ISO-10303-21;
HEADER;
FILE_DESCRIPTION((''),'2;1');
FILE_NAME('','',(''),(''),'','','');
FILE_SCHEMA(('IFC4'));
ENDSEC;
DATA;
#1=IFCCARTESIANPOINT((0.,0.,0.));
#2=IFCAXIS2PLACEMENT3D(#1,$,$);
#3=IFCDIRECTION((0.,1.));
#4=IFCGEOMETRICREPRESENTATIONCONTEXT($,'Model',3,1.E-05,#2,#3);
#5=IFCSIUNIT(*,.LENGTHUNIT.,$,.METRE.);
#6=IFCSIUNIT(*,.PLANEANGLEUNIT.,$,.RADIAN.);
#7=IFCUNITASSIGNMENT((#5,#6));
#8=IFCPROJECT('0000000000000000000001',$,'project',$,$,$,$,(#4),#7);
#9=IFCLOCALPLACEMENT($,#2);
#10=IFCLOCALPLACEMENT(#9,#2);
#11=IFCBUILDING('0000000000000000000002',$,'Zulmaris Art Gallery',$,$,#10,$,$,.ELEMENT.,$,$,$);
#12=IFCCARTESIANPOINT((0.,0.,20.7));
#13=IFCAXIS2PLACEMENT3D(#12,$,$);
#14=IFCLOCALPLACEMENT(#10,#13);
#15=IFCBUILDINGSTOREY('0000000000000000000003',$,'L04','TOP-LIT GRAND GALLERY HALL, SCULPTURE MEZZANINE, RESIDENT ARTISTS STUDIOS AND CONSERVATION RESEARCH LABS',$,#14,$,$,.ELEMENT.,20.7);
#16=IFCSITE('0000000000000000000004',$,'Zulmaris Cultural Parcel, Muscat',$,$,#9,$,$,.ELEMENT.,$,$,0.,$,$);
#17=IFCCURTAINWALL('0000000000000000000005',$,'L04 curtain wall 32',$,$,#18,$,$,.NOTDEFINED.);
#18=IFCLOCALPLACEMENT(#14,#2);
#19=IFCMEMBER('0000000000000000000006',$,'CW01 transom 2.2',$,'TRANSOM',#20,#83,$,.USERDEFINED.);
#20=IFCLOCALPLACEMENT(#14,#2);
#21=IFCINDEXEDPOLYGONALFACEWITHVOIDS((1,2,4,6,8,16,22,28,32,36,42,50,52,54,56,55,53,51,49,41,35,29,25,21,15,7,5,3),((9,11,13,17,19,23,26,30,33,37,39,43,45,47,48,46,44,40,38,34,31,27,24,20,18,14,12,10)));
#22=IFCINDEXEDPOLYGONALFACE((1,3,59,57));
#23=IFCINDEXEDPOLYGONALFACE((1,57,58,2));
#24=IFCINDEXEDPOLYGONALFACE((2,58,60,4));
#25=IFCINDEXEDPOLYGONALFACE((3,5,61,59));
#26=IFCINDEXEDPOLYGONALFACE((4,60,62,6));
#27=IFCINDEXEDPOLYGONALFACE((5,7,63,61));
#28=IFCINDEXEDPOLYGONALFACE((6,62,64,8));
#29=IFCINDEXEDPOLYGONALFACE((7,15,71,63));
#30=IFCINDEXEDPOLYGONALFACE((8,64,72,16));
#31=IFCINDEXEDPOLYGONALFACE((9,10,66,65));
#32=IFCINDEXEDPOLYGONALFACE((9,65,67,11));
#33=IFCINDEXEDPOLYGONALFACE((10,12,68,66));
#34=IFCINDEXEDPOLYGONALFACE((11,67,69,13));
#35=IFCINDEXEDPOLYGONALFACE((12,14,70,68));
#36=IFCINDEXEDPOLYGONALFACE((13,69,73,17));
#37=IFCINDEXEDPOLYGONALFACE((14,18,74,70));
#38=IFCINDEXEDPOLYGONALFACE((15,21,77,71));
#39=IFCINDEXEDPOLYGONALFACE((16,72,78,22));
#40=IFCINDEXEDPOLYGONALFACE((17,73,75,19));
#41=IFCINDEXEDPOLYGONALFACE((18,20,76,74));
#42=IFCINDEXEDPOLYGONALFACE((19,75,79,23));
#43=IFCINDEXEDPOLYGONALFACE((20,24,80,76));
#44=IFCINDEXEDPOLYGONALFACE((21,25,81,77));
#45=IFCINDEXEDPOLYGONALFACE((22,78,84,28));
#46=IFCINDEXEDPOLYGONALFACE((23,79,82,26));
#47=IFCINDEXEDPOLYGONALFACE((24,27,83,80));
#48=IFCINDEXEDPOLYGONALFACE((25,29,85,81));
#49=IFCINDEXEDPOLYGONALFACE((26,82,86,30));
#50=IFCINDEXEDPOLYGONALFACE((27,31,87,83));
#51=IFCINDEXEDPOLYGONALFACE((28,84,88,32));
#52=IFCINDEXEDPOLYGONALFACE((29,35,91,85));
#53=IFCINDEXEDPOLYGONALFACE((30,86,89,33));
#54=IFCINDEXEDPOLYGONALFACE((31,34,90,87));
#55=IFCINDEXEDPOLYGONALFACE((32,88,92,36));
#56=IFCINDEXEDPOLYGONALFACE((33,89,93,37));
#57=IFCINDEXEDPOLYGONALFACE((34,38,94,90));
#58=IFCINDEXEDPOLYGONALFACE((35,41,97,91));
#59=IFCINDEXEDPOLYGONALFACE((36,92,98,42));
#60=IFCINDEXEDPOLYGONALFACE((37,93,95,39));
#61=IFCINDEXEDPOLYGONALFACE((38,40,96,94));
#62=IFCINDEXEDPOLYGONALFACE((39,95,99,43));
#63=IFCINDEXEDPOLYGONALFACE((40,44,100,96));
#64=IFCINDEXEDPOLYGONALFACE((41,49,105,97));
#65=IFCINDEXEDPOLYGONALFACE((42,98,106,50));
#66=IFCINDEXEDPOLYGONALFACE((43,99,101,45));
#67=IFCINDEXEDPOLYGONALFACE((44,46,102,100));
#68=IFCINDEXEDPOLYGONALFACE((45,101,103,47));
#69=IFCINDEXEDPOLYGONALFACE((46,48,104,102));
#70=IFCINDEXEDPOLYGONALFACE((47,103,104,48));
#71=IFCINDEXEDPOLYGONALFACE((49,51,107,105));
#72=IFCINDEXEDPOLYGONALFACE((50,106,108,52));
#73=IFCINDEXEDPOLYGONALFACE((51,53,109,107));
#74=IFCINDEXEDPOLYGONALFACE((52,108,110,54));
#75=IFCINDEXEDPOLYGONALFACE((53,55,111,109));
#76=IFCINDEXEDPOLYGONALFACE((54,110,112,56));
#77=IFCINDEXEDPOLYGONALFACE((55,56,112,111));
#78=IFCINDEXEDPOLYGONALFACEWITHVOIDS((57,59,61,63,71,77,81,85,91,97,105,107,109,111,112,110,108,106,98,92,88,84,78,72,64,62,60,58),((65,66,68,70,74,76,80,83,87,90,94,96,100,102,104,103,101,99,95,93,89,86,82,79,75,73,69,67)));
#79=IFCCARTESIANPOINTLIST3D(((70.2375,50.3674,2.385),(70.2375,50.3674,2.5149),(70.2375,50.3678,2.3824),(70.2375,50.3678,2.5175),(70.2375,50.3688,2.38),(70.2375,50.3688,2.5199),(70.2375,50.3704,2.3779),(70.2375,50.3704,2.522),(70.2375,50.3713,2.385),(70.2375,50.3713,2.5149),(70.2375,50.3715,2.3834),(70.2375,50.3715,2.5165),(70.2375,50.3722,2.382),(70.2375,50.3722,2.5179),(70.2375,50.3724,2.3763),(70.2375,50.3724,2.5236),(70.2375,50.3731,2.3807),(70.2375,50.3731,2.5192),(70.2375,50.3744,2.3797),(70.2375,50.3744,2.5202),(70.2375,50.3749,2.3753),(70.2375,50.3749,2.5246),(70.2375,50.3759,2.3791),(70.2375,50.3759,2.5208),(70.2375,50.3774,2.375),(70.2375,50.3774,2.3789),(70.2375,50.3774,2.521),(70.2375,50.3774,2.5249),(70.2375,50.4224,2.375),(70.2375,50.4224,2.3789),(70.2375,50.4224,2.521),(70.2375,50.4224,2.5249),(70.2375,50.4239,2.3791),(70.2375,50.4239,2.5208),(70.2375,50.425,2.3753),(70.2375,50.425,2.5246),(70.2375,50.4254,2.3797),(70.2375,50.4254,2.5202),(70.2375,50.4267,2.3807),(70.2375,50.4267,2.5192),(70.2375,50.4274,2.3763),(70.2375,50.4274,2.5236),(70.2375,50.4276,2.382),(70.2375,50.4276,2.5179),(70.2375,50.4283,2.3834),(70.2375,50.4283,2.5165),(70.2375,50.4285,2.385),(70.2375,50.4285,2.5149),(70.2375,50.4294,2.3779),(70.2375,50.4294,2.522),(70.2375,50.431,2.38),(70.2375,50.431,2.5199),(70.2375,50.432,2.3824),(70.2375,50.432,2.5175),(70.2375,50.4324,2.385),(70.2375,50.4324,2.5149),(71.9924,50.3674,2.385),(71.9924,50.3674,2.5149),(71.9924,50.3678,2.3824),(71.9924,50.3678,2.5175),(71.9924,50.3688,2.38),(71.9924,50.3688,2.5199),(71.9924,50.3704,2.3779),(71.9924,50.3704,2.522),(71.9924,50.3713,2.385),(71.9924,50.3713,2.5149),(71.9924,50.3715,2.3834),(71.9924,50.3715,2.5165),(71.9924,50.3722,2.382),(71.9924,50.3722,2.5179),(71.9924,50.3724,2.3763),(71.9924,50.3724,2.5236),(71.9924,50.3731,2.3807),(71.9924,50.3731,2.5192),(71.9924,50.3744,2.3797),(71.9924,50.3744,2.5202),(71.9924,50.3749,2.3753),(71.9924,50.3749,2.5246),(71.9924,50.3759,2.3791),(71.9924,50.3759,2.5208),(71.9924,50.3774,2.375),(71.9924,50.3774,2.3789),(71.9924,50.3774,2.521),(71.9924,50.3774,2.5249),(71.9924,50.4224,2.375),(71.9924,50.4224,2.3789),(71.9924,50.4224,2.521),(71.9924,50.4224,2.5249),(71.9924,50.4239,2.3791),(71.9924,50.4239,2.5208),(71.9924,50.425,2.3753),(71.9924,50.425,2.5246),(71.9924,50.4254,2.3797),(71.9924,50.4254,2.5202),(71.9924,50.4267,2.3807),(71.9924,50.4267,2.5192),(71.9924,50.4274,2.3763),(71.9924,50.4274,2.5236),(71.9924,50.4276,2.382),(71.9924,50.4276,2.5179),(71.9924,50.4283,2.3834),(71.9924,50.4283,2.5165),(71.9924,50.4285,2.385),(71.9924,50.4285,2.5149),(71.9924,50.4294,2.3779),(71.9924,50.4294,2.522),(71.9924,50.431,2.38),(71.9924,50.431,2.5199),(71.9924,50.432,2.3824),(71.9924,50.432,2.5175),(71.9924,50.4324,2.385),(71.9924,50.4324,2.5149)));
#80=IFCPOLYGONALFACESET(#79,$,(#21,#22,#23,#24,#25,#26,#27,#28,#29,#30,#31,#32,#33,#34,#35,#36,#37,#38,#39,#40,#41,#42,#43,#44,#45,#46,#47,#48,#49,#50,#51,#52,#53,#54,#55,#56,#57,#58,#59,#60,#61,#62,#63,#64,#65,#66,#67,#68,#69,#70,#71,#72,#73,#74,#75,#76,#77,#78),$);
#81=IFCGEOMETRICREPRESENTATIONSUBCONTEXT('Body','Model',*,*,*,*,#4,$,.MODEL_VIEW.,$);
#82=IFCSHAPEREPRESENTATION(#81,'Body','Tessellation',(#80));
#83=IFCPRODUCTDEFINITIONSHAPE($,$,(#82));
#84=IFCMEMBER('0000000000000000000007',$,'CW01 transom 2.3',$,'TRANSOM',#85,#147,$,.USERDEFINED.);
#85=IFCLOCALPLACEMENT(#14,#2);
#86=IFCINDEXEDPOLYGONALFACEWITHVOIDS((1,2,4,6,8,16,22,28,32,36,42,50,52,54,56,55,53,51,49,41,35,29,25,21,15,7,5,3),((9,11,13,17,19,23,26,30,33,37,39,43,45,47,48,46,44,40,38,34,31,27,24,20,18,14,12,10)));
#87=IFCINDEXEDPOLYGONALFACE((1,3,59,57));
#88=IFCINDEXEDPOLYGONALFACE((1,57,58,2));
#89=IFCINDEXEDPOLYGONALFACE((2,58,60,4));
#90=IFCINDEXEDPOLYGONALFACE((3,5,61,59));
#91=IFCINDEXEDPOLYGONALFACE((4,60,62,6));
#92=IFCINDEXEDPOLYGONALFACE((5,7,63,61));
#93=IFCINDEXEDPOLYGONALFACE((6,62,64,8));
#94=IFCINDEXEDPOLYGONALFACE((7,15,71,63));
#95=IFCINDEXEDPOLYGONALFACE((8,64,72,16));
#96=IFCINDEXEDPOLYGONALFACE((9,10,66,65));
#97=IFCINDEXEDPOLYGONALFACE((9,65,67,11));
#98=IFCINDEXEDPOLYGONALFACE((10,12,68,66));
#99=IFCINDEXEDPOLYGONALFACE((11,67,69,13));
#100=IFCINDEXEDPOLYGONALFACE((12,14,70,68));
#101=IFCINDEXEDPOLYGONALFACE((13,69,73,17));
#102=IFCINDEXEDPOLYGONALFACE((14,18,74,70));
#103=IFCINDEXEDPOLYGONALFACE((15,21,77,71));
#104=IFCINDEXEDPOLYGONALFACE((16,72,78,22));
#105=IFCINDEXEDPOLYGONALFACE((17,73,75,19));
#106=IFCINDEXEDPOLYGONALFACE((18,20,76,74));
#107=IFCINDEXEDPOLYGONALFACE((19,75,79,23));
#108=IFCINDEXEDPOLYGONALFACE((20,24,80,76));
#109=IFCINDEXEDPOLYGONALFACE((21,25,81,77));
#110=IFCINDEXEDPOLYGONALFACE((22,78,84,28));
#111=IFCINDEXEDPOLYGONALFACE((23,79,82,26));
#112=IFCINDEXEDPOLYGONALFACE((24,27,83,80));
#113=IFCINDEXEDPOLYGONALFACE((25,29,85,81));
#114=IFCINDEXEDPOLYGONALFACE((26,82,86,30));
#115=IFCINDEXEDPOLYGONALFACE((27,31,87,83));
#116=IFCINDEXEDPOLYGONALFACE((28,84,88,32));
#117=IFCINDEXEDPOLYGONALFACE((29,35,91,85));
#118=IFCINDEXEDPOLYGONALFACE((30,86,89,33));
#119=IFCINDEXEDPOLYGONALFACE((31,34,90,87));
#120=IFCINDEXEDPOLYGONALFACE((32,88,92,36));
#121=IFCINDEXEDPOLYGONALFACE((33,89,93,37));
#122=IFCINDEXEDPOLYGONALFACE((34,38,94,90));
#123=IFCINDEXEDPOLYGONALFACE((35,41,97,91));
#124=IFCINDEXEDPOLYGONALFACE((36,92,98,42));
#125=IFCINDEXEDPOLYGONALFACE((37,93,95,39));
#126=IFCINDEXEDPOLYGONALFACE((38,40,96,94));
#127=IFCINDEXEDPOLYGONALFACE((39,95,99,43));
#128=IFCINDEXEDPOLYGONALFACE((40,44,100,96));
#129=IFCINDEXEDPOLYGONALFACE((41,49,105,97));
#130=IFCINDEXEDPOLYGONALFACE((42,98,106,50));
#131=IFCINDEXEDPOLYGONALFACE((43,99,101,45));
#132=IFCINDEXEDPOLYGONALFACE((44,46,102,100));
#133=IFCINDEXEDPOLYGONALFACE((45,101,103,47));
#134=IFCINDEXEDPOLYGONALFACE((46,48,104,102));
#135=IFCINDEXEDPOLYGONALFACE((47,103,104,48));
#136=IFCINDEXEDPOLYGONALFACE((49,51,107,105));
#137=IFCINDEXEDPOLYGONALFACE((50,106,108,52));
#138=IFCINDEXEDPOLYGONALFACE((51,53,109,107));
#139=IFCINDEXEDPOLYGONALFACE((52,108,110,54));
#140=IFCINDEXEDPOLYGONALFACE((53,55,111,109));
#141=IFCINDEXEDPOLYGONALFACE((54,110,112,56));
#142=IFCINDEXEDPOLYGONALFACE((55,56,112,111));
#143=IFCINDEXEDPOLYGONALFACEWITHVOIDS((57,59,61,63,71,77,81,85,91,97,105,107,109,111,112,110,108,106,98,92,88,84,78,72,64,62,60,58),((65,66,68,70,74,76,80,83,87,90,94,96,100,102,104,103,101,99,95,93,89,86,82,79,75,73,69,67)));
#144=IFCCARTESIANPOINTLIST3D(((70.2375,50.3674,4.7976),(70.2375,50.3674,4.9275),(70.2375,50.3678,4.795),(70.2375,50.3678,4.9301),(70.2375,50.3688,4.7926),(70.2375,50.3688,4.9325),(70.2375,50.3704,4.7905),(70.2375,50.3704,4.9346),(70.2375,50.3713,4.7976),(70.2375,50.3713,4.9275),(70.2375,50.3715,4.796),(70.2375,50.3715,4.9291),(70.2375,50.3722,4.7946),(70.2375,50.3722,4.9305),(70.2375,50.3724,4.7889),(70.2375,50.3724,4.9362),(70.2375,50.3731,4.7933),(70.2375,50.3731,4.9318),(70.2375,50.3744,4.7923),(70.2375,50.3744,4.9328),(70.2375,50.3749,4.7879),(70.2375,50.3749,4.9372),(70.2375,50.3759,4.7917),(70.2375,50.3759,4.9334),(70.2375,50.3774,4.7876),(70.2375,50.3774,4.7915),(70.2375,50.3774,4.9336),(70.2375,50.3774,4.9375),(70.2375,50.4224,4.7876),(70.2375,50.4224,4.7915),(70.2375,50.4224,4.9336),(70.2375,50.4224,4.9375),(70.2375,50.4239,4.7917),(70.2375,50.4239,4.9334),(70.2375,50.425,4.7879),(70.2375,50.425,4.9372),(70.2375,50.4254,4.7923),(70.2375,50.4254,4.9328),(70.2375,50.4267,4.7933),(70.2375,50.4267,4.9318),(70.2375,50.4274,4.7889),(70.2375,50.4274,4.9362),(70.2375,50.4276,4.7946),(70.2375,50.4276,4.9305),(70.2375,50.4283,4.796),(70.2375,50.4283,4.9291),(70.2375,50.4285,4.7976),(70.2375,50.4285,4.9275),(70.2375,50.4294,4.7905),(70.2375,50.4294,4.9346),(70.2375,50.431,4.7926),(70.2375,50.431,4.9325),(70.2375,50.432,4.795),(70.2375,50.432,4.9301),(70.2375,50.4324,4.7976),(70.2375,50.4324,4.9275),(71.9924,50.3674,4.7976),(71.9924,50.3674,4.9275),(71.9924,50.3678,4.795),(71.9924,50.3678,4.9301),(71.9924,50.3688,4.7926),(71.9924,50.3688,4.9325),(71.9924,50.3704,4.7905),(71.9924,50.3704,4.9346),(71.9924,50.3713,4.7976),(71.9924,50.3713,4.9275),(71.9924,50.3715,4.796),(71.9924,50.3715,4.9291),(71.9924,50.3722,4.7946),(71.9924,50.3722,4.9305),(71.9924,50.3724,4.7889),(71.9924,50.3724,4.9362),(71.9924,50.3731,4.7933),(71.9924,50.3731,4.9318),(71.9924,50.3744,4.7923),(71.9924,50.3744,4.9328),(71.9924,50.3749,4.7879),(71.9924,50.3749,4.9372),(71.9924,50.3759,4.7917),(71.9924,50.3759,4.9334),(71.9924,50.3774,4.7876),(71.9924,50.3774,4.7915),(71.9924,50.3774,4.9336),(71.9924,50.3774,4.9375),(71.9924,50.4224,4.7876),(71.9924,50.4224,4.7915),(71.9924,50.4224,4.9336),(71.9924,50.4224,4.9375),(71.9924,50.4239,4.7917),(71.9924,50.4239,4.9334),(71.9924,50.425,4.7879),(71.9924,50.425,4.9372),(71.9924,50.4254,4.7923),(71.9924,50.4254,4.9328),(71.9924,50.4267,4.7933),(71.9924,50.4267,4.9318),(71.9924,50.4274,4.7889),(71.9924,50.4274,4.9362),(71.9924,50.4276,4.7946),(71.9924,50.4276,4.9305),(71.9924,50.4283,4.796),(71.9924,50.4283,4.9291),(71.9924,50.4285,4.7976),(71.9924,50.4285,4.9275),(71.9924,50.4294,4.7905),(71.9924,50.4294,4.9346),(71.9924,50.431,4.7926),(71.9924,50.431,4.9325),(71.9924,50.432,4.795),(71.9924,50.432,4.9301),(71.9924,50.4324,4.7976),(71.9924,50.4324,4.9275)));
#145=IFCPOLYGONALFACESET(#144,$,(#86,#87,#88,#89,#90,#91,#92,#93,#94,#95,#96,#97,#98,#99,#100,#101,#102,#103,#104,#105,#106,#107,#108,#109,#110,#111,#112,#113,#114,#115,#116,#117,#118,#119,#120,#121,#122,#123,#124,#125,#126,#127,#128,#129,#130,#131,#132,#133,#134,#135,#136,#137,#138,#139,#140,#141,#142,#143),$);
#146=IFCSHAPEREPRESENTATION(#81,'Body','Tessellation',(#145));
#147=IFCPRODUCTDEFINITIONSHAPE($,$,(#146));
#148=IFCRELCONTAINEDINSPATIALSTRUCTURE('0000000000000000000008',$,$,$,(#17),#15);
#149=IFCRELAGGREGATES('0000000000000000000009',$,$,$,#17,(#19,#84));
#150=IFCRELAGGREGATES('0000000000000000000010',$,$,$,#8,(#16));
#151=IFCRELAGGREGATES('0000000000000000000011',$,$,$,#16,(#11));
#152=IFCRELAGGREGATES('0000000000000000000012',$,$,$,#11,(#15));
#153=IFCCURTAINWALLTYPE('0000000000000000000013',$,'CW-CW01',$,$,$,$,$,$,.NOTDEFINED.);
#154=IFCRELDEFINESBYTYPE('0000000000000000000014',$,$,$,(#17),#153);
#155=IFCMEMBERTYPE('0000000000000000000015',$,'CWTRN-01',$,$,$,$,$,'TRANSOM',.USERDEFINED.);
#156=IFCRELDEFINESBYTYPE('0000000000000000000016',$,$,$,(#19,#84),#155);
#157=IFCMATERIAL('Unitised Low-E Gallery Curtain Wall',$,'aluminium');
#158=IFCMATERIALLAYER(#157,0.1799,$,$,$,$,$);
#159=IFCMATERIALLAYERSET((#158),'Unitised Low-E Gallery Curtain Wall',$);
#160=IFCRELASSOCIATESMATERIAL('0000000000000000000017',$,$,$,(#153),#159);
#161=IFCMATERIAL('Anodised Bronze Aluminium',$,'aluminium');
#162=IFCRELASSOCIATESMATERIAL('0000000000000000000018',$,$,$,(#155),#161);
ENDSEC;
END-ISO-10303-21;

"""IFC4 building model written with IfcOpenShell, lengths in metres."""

from ifc_helpers import new_model, si_unit, direction, frame, origin, origin_2d, place, context, subcontext, project, spatial, hollow_rectangle, extrude, material, layer, layer_set, material_profile, profile_set, type_object, element, aggregate, save


model = new_model("IFC4")

# Units and contexts
model_context = context("Model", 3, precision=1e-05, world=origin(), true_north=direction((0.0, 1.0)))
body_context = subcontext(model_context, "Body", "Model", "MODEL_VIEW")
ifc_project = project(units=[si_unit("LENGTHUNIT", "METRE"), si_unit("PLANEANGLEUNIT", "RADIAN")], contexts=[model_context])

# Site, building, storey
site_placement = place(None, origin())
site = spatial("IfcSite", under=ifc_project, at=site_placement, Name="Zulmaris Cultural Parcel, Muscat", CompositionType="ELEMENT", RefElevation=0.0)
building_placement = place(site_placement, origin())
building = spatial("IfcBuilding", under=site, at=building_placement, Name="Zulmaris Art Gallery", CompositionType="ELEMENT")
storey_placement = place(building_placement, frame((0.0, 0.0, 20.7)))
storey = spatial("IfcBuildingStorey", under=building, at=storey_placement, Name="L04", Description="TOP-LIT GRAND GALLERY HALL, SCULPTURE MEZZANINE, RESIDENT ARTISTS STUDIOS AND CONSERVATION RESEARCH LABS", CompositionType="ELEMENT", Elevation=20.7)

# Curtain wall, members
ifc_material_1 = material(Name="Unitised Low-E Gallery Curtain Wall", Category="aluminium")
ifc_layer_1 = layer(ifc_material_1, 0.1799)
ifc_layer_set_1 = layer_set([ifc_layer_1], Name="Unitised Low-E Gallery Curtain Wall")
curtain_wall_type = type_object("IfcCurtainWallType", Name="CW-CW01", PredefinedType="NOTDEFINED", material=ifc_layer_set_1)
curtain_wall_placement = place(storey_placement, origin())
curtain_wall = element("IfcCurtainWall", 1, at=curtain_wall_placement, inside=storey, type_object=curtain_wall_type, Name="L04 curtain wall 32", PredefinedType="NOTDEFINED")
ifc_material_2 = material(Name="Anodised Bronze Aluminium", Category="aluminium")
ifc_material_profile_1 = material_profile(ifc_material_2, hollow_rectangle(XDim=0.0649, YDim=0.1499, WallThickness=0.0039, InnerFilletRadius=0.0061, OuterFilletRadius=0.01, at=origin_2d()), Name="ALU 65x150x4")
ifc_profile_set_1 = profile_set([ifc_material_profile_1], Name="Anodised Bronze Aluminium")
member_type_1 = type_object("IfcMemberType", Name="CWTRN-01", ElementType="TRANSOM", PredefinedType="USERDEFINED", material=ifc_profile_set_1)
member_1_placement = place(storey_placement, frame((71.9924, 50.3999, 2.45), z_axis=(-1.0, 0.0, 0.0), x_axis=(0.0, -1.0, 0.0)))
member_1 = element("IfcMember", 2, at=member_1_placement, type_object=member_type_1, Name="CW01 transom 2.2", ObjectType="TRANSOM", PredefinedType="USERDEFINED", context=body_context, shape_type="SweptSolid", body=[
    extrude(hollow_rectangle(XDim=0.0649, YDim=0.1499, WallThickness=0.0039, InnerFilletRadius=0.0061, OuterFilletRadius=0.01, at=origin_2d()), origin(), (0.0, 0.0, 1.0), 1.7549),
])
member_2_placement = place(storey_placement, frame((71.9924, 50.3999, 4.8625), z_axis=(-1.0, 0.0, 0.0), x_axis=(0.0, -1.0, 0.0)))
member_2 = element("IfcMember", 3, at=member_2_placement, type_object=member_type_1, Name="CW01 transom 2.3", ObjectType="TRANSOM", PredefinedType="USERDEFINED", context=body_context, shape_type="SweptSolid", body=[
    extrude(hollow_rectangle(XDim=0.0649, YDim=0.1499, WallThickness=0.0039, InnerFilletRadius=0.0061, OuterFilletRadius=0.01, at=origin_2d()), origin(), (0.0, 0.0, 1.0), 1.7549),
])
aggregate(curtain_wall, [member_1, member_2])

save(model, "model.ifc")
